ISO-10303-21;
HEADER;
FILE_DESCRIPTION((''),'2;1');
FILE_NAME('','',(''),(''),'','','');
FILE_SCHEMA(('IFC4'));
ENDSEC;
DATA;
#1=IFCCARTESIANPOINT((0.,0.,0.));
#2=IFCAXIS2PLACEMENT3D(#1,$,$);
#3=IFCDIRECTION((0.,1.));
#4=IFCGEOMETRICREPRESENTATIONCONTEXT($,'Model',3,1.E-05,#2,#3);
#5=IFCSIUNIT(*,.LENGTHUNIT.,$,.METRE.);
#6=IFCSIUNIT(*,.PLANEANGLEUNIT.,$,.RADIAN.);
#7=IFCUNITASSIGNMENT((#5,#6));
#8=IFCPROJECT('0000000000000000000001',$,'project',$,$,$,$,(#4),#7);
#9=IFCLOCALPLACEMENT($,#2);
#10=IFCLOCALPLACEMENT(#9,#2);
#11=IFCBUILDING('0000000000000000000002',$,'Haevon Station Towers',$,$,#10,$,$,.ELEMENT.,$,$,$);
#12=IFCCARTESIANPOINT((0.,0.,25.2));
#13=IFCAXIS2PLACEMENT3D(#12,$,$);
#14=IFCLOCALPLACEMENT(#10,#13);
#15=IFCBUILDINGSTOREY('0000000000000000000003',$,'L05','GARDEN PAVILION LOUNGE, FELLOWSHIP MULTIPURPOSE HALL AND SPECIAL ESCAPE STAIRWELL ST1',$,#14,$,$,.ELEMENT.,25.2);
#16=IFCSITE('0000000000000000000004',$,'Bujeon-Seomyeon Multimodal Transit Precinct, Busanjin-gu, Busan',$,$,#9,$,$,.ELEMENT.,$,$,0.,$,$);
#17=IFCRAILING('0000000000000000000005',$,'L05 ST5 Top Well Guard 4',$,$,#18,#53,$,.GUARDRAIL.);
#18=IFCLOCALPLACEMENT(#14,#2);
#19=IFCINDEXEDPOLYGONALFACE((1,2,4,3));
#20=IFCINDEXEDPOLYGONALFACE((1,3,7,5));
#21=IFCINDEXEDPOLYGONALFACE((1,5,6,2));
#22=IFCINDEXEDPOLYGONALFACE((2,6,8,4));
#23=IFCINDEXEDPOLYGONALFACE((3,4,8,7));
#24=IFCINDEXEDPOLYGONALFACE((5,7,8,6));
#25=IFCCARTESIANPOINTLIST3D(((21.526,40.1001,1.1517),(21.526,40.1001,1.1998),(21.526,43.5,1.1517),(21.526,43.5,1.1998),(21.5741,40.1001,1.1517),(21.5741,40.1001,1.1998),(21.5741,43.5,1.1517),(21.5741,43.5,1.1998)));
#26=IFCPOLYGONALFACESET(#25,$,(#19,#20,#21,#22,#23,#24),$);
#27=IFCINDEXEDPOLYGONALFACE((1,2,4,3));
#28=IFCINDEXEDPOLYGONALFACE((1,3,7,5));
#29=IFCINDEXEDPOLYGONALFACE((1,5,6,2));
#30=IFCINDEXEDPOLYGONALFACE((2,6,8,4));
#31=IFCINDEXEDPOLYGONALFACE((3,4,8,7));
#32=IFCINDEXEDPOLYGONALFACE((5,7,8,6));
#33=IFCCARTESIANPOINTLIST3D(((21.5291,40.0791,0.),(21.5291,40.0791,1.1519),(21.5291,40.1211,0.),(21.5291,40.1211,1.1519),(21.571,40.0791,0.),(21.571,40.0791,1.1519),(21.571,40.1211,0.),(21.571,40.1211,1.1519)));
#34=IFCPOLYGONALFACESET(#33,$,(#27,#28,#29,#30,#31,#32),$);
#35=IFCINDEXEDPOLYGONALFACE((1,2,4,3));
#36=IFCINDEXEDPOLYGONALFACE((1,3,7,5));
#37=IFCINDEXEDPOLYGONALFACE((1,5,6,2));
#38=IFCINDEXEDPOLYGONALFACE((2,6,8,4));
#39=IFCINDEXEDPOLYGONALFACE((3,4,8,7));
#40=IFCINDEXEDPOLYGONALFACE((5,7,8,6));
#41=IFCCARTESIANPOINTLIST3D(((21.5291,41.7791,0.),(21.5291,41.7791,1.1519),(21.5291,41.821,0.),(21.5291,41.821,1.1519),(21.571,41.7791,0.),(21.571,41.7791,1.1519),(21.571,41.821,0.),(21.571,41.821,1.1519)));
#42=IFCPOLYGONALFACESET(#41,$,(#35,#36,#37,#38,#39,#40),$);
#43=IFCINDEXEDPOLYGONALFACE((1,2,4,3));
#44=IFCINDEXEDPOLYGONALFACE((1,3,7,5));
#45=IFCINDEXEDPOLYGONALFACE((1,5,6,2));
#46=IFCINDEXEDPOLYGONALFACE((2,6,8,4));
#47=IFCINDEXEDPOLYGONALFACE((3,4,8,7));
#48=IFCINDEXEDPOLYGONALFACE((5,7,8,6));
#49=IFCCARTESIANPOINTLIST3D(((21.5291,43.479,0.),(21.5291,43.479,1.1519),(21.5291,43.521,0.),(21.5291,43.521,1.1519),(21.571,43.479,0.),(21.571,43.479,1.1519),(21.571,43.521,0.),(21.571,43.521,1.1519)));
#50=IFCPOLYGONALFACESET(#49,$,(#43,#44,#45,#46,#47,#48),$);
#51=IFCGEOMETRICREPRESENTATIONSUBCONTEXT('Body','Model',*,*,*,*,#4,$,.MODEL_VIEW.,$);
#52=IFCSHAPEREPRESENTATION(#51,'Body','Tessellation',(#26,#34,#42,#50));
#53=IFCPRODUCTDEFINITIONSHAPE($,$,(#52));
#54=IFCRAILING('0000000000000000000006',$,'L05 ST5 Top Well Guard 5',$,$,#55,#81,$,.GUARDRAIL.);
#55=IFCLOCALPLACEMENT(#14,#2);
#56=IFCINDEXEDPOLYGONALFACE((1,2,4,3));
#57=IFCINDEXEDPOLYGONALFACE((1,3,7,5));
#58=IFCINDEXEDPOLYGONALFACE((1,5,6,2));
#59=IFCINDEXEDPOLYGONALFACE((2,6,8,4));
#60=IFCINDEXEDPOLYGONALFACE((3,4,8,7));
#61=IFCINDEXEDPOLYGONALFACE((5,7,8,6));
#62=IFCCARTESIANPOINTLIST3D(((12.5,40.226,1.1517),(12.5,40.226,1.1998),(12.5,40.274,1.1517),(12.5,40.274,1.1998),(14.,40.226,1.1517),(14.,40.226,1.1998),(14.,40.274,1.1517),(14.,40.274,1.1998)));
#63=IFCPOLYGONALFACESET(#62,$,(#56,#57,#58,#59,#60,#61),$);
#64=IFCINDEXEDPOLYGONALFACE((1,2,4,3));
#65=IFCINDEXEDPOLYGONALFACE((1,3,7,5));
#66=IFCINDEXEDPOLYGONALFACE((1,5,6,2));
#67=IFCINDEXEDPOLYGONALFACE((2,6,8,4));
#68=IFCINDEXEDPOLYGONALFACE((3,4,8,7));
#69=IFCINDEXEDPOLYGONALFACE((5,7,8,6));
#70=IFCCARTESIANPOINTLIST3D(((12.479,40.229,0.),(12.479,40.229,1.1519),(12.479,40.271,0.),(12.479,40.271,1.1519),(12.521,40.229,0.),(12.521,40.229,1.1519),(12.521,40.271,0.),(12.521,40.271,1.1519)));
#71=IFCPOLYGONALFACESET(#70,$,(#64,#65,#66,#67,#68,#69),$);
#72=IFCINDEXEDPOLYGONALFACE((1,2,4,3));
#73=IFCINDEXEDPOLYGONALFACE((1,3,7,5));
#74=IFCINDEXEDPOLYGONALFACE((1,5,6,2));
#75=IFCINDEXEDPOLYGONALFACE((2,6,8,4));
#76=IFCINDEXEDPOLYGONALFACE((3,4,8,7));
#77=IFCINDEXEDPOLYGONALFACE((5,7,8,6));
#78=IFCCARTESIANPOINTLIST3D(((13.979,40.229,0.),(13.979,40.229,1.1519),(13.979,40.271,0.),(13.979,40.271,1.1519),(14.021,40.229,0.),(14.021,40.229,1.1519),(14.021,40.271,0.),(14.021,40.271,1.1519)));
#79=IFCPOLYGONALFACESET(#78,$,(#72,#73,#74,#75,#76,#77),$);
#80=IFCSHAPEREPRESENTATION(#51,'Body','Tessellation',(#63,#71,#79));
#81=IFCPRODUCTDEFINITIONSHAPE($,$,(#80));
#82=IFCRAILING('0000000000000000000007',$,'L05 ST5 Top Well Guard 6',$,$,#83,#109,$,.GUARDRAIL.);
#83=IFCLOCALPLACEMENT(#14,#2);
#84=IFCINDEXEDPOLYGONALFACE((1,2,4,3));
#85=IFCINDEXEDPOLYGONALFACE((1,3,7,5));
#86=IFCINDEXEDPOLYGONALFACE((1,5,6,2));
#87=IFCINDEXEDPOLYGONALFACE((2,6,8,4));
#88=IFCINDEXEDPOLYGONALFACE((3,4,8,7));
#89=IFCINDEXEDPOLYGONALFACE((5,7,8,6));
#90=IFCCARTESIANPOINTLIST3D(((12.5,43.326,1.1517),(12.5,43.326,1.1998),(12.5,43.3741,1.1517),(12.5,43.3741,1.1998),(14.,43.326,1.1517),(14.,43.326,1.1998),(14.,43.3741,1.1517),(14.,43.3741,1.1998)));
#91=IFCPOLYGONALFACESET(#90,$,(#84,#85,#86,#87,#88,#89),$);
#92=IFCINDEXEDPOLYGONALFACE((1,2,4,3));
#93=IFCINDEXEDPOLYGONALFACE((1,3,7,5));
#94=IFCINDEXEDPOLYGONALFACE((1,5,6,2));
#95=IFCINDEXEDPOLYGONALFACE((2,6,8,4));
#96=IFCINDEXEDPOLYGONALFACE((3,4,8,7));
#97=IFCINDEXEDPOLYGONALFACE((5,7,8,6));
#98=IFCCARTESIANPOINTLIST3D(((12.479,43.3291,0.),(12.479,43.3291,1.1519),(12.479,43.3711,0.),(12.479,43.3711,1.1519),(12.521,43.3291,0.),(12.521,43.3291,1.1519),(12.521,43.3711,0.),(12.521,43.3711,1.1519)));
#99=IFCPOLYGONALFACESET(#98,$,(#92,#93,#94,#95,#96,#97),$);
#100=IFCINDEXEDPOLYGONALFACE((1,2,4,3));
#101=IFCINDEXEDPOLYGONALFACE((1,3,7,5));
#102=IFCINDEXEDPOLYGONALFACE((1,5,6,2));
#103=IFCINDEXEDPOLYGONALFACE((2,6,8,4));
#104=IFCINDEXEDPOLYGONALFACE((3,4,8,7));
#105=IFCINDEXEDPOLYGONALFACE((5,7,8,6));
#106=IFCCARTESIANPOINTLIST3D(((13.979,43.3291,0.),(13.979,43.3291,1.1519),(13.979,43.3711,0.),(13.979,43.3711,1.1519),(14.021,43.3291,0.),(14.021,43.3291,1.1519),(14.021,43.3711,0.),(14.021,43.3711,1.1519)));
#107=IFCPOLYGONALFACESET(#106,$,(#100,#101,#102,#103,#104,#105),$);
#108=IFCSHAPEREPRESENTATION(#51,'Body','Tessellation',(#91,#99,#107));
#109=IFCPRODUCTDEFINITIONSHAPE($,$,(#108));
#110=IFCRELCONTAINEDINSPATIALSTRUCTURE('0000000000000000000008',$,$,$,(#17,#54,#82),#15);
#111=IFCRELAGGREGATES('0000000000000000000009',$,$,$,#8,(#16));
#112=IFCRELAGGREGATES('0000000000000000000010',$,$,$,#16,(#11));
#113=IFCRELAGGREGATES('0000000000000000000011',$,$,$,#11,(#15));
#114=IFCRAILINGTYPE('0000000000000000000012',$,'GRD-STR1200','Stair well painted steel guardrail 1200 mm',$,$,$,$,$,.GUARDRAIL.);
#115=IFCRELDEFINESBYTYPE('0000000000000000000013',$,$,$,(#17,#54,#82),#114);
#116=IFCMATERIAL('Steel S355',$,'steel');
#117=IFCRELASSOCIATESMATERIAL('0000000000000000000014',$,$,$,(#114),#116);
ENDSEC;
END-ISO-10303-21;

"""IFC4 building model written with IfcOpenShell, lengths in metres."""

from ifc_helpers import new_model, si_unit, direction, frame, origin, origin_2d, place, context, subcontext, project, spatial, rectangle, extrude, material, type_object, element, save


model = new_model("IFC4")

# Units and contexts
model_context = context("Model", 3, precision=1e-05, world=origin(), true_north=direction((0.0, 1.0)))
body_context = subcontext(model_context, "Body", "Model", "MODEL_VIEW")
ifc_project = project(units=[si_unit("LENGTHUNIT", "METRE"), si_unit("PLANEANGLEUNIT", "RADIAN")], contexts=[model_context])

# Site, building, storey
site_placement = place(None, origin())
site = spatial("IfcSite", under=ifc_project, at=site_placement, Name="Bujeon-Seomyeon Multimodal Transit Precinct, Busanjin-gu, Busan", CompositionType="ELEMENT", RefElevation=0.0)
building_placement = place(site_placement, origin())
building = spatial("IfcBuilding", under=site, at=building_placement, Name="Haevon Station Towers", CompositionType="ELEMENT")
storey_placement = place(building_placement, frame((0.0, 0.0, 25.2)))
storey = spatial("IfcBuildingStorey", under=building, at=storey_placement, Name="L05", Description="GARDEN PAVILION LOUNGE, FELLOWSHIP MULTIPURPOSE HALL AND SPECIAL ESCAPE STAIRWELL ST1", CompositionType="ELEMENT", Elevation=25.2)

# Shared definitions
ifc_material_1 = material(Name="Steel S355", Category="steel")

# Railings
railing_type_1 = type_object("IfcRailingType", Name="GRD-STR1200", Description="Stair well painted steel guardrail 1200 mm", PredefinedType="GUARDRAIL", material=ifc_material_1)
railing_1_placement = place(storey_placement, frame((21.55, 40.1001, 0.0)))
element("IfcRailing", 1, at=railing_1_placement, inside=storey, type_object=railing_type_1, Name="L05 ST5 Top Well Guard 4", PredefinedType="GUARDRAIL", context=body_context, shape_type="SweptSolid", body=[
    extrude(rectangle(XDim=0.0481, YDim=0.0481, at=origin_2d()), frame((0.0, 0.0, 1.1758), z_axis=(0.0, 1.0, 0.0), x_axis=(-1.0, 0.0, 0.0)), (0.0, 0.0, 1.0), 3.3999),
    extrude(rectangle(XDim=0.042, YDim=0.042, at=origin_2d()), origin(), (0.0, 0.0, 1.0), 1.1519),
    extrude(rectangle(XDim=0.042, YDim=0.042, at=origin_2d()), frame((0.0, 1.7, 0.0)), (0.0, 0.0, 1.0), 1.1519),
    extrude(rectangle(XDim=0.042, YDim=0.042, at=origin_2d()), frame((0.0, 3.3999, 0.0)), (0.0, 0.0, 1.0), 1.1519),
])
for number, where, name in (
    (2, (12.5, 40.25, 0.0), "L05 ST5 Top Well Guard 5"),
    (3, (12.5, 43.3501, 0.0), "L05 ST5 Top Well Guard 6"),
):
    element("IfcRailing", number, at=place(storey_placement, frame(where)), inside=storey, type_object=railing_type_1, Name=name, PredefinedType="GUARDRAIL", context=body_context, shape_type="SweptSolid", body=[
        extrude(rectangle(XDim=0.0481, YDim=0.0481, at=origin_2d()), frame((0.0, 0.0, 1.1758), z_axis=(1.0, 0.0, 0.0), x_axis=(0.0, 1.0, 0.0)), (0.0, 0.0, 1.0), 1.5),
        extrude(rectangle(XDim=0.042, YDim=0.042, at=origin_2d()), origin(), (0.0, 0.0, 1.0), 1.1519),
        extrude(rectangle(XDim=0.042, YDim=0.042, at=origin_2d()), frame((1.5, 0.0, 0.0)), (0.0, 0.0, 1.0), 1.1519),
    ])

save(model, "model.ifc")
